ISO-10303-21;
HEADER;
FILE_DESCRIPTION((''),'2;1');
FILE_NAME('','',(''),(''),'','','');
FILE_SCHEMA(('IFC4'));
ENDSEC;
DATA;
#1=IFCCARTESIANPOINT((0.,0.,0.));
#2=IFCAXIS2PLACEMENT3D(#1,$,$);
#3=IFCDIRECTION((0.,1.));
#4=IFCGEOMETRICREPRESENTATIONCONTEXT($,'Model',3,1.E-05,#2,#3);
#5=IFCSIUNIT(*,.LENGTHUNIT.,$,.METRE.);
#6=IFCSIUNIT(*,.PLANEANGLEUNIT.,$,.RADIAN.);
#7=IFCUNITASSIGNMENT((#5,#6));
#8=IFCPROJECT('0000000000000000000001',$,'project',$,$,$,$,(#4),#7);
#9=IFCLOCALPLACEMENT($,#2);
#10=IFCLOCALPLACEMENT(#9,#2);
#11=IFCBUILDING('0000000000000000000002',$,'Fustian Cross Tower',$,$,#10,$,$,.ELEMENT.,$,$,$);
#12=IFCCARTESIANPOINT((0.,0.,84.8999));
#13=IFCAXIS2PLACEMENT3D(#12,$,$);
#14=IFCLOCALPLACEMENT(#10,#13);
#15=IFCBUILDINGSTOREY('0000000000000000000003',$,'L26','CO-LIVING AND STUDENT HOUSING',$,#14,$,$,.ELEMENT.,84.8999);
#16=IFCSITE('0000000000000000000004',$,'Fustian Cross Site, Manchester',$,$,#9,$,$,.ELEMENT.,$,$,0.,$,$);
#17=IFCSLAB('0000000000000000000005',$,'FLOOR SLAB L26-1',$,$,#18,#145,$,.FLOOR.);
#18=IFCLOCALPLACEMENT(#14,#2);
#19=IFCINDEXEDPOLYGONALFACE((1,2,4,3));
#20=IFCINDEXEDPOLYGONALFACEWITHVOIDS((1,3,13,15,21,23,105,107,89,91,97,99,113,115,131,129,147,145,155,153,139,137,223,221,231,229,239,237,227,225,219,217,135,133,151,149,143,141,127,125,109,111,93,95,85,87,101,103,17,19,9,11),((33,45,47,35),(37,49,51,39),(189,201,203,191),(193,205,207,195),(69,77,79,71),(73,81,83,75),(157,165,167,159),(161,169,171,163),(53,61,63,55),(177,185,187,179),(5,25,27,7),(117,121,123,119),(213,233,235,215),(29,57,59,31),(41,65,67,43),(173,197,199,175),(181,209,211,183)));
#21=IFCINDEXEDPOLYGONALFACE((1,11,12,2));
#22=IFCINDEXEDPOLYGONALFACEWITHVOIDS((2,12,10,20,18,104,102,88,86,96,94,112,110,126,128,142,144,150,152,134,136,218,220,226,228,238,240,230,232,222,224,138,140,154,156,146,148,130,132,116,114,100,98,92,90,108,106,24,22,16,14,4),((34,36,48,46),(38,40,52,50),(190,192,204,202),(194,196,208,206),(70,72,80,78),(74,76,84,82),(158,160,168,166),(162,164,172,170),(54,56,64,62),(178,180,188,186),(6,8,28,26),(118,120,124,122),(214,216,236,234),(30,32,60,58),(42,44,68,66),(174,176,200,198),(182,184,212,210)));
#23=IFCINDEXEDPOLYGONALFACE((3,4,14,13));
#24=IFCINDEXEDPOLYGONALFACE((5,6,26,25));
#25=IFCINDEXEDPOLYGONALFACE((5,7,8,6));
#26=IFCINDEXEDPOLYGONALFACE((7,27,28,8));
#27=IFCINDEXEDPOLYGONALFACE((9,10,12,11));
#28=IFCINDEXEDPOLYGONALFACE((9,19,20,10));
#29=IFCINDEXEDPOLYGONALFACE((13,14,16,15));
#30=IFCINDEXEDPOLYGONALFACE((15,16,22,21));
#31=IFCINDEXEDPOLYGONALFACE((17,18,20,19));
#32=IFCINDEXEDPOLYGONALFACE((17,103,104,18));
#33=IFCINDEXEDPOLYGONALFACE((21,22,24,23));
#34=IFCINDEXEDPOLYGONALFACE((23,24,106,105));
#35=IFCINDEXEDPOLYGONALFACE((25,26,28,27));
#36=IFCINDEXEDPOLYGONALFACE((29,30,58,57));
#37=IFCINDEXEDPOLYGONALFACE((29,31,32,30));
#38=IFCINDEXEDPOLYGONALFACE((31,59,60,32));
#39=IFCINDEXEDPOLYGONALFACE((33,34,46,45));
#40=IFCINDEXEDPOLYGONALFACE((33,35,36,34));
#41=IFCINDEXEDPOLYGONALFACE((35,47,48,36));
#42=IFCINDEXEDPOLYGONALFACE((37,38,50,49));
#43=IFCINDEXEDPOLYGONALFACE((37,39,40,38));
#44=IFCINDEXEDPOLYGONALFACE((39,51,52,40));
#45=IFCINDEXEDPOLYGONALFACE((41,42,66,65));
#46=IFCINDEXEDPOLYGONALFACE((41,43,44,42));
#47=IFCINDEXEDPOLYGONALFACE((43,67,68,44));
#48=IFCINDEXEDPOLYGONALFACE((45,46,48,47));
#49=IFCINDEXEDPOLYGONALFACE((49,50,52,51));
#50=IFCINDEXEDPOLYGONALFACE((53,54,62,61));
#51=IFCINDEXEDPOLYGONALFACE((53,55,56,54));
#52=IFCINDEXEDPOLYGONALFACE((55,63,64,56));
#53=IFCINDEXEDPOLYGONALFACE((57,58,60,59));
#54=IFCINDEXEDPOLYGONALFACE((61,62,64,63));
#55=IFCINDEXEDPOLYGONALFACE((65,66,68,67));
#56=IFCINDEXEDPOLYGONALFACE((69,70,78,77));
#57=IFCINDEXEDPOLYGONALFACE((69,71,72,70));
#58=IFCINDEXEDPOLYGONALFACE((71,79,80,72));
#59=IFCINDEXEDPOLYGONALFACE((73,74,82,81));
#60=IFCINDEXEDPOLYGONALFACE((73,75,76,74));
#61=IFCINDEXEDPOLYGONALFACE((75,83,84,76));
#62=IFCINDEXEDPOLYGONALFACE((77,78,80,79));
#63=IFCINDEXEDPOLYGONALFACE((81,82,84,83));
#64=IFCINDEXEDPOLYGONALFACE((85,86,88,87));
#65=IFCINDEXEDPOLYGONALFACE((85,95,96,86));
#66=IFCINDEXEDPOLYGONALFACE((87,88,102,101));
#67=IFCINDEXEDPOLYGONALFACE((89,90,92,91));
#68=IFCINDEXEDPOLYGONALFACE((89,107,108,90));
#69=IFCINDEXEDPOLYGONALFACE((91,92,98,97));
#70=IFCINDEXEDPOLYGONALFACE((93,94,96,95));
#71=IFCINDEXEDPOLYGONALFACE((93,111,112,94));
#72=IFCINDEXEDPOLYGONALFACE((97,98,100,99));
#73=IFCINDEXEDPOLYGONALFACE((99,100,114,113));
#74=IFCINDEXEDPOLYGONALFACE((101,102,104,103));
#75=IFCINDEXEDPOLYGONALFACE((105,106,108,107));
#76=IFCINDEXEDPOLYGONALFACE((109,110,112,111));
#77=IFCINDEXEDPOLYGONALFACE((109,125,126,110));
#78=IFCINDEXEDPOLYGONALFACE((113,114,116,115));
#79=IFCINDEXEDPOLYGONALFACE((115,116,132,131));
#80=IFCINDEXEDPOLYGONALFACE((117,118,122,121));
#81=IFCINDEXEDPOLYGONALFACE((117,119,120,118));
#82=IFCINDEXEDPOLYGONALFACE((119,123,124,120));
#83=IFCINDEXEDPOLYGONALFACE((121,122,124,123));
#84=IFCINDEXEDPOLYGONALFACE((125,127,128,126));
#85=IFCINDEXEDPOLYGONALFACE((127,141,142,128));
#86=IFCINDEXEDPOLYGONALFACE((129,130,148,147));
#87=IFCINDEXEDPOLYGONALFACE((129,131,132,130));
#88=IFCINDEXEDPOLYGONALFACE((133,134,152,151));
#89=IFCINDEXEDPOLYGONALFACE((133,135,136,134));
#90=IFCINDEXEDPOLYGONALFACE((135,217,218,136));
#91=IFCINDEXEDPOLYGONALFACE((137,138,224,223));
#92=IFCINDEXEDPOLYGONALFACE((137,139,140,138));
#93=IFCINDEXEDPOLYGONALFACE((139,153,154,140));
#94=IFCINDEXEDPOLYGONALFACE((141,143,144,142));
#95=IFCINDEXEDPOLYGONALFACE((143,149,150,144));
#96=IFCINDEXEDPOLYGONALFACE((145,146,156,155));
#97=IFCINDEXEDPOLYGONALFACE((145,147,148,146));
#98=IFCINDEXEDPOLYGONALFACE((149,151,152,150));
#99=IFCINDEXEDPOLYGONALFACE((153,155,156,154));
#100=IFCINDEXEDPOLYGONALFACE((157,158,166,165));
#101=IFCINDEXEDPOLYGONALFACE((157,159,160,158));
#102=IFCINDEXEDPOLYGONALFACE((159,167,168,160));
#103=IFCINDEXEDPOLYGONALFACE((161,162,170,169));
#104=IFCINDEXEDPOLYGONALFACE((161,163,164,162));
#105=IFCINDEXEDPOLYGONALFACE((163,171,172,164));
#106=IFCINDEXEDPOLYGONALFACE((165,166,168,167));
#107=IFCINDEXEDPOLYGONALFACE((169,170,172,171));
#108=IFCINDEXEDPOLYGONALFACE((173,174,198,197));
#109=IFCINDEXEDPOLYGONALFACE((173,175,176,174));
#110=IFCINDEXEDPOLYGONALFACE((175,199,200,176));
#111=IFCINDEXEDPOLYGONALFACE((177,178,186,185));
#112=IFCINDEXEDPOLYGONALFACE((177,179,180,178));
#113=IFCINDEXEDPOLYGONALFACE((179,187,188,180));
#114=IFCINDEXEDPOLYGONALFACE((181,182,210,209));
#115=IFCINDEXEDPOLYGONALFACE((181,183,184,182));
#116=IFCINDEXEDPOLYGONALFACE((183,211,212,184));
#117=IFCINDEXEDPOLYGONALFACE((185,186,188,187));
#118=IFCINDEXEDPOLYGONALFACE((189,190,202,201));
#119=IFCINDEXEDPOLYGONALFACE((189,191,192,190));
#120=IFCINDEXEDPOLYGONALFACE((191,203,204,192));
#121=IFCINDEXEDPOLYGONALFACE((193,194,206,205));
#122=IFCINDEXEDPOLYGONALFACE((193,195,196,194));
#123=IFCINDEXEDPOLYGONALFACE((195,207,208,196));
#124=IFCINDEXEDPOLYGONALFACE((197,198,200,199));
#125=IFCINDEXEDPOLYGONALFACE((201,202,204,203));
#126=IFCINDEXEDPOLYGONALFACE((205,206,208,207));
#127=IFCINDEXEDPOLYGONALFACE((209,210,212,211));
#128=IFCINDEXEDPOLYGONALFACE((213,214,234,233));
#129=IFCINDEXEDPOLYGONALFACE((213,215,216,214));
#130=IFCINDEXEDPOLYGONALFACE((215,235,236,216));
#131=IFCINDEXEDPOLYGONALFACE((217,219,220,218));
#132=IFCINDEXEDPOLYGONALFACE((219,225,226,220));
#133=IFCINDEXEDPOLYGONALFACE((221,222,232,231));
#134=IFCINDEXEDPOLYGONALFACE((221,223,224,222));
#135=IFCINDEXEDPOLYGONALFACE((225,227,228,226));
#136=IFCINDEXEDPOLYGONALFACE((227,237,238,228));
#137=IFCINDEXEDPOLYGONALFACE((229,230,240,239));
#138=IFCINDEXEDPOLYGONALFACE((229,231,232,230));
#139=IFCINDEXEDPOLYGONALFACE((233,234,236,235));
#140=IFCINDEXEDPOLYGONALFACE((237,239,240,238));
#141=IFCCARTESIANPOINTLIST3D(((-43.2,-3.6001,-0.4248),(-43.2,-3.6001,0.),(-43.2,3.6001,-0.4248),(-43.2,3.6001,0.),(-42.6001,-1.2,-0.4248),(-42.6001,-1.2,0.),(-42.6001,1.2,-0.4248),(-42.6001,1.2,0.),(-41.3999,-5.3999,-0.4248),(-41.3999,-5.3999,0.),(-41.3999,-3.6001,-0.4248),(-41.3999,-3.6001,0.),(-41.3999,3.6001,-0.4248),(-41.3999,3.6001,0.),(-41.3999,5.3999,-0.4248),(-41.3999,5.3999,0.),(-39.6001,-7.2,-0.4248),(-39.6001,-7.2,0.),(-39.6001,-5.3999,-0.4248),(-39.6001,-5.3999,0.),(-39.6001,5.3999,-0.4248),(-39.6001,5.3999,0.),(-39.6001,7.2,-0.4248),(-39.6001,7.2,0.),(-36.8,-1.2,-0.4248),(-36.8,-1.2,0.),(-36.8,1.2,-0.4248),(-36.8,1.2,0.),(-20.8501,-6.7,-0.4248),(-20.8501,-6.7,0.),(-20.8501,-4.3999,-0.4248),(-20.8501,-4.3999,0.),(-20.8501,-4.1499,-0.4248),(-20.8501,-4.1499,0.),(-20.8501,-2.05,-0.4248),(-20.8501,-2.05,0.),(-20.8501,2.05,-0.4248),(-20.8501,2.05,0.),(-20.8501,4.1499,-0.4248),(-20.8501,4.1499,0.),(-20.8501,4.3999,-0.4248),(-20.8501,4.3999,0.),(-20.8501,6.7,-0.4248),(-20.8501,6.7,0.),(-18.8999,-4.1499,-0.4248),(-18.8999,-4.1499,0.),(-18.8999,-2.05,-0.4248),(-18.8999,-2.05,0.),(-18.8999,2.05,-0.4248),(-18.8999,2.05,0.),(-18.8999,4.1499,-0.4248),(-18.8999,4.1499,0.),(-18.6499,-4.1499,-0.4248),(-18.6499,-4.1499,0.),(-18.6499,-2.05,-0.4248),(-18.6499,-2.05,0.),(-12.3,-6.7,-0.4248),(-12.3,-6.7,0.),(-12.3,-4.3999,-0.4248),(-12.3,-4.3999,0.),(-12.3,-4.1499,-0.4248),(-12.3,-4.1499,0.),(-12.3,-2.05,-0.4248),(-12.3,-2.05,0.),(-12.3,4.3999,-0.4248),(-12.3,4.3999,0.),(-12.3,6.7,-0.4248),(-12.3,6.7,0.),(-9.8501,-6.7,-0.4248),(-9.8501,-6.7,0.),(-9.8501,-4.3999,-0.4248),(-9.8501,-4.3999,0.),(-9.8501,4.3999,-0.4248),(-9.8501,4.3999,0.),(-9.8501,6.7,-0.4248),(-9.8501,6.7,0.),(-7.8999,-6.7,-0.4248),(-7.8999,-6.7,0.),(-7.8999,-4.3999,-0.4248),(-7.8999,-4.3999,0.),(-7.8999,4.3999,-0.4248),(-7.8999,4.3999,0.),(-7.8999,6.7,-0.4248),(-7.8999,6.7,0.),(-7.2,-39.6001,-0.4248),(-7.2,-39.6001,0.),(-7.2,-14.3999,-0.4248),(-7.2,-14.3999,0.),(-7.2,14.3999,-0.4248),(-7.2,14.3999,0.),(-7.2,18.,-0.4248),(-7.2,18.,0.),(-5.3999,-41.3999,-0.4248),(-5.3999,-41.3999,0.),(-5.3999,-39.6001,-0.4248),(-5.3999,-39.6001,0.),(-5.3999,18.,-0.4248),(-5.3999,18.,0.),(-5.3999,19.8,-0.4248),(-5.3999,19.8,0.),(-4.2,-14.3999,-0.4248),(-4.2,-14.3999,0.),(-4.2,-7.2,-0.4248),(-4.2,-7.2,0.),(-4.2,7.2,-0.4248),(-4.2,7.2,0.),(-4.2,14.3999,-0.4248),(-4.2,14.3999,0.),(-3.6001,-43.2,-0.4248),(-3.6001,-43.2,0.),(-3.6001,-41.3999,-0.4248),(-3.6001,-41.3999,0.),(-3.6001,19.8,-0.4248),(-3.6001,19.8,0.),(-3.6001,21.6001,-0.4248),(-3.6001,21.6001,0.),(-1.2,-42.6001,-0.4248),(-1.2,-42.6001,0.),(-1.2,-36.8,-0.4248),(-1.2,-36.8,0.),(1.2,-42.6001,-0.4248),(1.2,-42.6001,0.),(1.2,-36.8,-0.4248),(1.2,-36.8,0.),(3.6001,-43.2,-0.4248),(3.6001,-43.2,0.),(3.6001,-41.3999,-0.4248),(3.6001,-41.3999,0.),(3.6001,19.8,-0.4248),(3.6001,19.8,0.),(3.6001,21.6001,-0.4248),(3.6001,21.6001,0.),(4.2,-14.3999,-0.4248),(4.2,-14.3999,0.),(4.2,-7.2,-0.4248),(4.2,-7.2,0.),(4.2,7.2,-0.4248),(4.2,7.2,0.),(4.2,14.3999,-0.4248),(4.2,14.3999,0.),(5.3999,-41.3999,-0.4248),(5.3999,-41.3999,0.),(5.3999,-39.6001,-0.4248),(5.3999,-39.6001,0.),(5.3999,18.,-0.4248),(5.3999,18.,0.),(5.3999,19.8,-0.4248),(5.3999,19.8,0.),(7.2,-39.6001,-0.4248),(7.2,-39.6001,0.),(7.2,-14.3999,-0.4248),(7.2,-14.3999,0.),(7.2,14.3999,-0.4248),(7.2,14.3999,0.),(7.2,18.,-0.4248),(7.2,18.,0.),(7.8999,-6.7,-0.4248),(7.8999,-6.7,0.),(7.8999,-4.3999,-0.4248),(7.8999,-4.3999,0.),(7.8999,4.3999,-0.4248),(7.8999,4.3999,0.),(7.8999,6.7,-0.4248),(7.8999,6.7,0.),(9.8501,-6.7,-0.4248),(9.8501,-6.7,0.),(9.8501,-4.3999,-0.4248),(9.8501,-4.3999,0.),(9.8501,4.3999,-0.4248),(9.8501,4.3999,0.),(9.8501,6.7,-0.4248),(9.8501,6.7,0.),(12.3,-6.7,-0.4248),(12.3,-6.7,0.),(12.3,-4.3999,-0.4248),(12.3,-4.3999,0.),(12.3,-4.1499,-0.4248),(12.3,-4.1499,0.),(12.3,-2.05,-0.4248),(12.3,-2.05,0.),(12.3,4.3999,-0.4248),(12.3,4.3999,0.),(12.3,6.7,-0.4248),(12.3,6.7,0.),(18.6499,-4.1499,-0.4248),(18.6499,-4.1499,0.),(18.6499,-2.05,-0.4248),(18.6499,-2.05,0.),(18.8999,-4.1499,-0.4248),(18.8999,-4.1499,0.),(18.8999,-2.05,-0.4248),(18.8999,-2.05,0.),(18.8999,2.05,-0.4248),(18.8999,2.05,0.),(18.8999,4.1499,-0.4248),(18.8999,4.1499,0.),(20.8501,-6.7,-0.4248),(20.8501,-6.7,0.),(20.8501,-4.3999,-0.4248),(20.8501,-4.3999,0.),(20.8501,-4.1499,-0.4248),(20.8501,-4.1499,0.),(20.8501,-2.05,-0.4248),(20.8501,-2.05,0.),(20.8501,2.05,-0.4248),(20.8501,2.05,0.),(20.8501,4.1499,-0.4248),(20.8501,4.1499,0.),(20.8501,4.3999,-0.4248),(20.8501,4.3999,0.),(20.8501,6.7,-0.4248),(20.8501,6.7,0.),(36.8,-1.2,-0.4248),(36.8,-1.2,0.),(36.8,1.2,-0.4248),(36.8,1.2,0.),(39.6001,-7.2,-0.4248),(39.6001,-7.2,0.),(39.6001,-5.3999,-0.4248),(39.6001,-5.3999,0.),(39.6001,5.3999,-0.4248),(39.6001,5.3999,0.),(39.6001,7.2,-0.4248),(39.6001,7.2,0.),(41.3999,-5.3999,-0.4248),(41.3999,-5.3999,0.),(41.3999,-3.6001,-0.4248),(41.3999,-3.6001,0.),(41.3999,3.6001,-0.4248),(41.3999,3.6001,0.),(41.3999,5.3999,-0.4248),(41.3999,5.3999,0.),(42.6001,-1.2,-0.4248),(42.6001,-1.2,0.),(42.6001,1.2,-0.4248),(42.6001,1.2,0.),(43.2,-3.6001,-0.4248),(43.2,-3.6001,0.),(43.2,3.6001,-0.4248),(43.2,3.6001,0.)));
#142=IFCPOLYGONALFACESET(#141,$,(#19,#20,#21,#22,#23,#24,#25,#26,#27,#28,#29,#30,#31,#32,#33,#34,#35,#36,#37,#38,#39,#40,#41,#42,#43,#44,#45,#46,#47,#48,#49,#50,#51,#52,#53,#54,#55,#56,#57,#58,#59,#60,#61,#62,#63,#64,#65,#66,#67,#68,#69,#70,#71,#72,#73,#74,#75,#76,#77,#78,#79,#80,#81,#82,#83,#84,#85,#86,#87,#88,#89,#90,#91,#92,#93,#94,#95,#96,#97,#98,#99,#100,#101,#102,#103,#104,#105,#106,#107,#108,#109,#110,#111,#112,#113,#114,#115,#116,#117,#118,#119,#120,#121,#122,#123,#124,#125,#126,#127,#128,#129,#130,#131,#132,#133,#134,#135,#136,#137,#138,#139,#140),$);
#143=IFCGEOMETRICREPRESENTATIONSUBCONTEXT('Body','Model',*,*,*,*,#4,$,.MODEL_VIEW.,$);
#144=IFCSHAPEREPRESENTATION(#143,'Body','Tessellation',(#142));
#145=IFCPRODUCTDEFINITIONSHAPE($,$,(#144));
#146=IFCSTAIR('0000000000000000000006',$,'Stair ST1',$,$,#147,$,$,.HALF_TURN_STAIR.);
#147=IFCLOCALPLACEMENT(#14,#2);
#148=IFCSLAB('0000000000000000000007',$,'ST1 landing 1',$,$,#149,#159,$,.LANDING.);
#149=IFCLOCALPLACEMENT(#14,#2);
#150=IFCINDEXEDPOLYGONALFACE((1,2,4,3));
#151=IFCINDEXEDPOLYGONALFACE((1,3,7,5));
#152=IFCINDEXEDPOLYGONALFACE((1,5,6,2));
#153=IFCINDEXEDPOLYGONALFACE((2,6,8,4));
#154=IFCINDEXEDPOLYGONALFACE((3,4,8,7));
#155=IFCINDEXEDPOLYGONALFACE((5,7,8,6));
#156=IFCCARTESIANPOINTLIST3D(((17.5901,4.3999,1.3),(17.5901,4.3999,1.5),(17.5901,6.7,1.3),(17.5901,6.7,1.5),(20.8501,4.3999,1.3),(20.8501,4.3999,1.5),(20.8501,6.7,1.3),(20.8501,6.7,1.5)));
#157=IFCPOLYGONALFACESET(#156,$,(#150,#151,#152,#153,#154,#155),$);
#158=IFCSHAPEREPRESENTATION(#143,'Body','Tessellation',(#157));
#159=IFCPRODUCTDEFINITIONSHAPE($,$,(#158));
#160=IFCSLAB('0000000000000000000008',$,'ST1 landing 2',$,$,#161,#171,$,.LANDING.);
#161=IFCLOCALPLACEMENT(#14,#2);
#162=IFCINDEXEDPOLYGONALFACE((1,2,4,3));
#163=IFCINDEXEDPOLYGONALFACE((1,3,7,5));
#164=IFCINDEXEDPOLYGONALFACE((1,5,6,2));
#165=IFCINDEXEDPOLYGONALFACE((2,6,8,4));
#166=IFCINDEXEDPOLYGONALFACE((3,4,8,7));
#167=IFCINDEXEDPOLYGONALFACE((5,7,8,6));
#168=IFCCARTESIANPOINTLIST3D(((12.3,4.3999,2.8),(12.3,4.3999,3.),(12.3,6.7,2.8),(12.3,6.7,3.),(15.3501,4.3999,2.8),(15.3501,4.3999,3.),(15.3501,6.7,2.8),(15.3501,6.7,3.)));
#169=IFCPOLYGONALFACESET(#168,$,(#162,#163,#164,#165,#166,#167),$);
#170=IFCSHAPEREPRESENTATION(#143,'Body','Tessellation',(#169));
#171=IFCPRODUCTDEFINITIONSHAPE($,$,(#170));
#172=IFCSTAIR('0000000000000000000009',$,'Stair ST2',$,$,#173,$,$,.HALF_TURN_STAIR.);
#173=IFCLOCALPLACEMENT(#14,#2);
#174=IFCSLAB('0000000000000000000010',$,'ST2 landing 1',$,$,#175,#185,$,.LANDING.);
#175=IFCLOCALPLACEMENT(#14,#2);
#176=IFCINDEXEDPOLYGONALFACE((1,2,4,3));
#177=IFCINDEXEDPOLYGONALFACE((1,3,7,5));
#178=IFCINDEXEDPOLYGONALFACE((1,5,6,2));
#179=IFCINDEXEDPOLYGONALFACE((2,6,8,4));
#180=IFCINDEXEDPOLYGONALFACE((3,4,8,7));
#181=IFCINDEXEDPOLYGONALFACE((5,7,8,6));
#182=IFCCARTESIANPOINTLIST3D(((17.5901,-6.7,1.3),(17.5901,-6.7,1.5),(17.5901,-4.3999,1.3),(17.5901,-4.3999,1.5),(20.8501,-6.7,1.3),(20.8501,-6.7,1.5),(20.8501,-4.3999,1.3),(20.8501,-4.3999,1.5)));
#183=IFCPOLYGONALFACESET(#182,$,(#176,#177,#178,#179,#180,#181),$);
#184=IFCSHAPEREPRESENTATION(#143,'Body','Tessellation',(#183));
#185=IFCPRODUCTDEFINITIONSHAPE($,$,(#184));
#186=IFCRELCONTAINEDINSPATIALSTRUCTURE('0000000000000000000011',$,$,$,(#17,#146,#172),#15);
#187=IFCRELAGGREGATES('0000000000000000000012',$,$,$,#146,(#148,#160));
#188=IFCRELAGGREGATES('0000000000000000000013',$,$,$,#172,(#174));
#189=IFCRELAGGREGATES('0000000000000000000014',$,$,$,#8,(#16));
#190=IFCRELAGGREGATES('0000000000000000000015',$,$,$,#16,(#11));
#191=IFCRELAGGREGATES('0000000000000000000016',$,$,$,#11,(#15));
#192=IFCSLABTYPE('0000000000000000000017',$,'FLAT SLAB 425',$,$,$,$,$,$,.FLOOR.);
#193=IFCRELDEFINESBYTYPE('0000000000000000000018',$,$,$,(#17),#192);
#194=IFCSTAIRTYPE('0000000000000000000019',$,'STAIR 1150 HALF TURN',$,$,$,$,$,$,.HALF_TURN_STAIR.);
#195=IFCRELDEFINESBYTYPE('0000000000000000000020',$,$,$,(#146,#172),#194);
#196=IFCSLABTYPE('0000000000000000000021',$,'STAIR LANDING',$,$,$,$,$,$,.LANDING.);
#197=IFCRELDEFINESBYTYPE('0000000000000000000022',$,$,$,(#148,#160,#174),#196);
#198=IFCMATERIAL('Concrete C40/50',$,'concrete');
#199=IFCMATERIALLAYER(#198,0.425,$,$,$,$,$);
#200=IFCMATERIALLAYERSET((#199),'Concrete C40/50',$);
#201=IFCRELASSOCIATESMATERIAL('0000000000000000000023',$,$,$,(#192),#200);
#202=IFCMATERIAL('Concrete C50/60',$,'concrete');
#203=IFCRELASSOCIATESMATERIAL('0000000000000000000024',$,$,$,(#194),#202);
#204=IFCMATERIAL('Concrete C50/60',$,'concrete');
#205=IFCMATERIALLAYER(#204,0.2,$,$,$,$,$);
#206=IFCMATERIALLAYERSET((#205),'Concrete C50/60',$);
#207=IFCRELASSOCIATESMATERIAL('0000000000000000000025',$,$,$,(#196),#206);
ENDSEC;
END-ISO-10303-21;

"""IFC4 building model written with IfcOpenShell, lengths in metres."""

from ifc_helpers import new_model, si_unit, direction, frame, origin, place, context, subcontext, project, spatial, polyline, outline, extrude, material, layer, layer_set, type_object, element, aggregate, save


model = new_model("IFC4")

# Units and contexts
model_context = context("Model", 3, precision=1e-05, world=origin(), true_north=direction((0.0, 1.0)))
body_context = subcontext(model_context, "Body", "Model", "MODEL_VIEW")
ifc_project = project(units=[si_unit("LENGTHUNIT", "METRE"), si_unit("PLANEANGLEUNIT", "RADIAN")], contexts=[model_context])

# Site, building, storey
site_placement = place(None, origin())
site = spatial("IfcSite", under=ifc_project, at=site_placement, Name="Fustian Cross Site, Manchester", CompositionType="ELEMENT", RefElevation=0.0)
building_placement = place(site_placement, origin())
building = spatial("IfcBuilding", under=site, at=building_placement, Name="Fustian Cross Tower", CompositionType="ELEMENT")
storey_placement = place(building_placement, frame((0.0, 0.0, 84.8999)))
storey = spatial("IfcBuildingStorey", under=building, at=storey_placement, Name="L26", Description="CO-LIVING AND STUDENT HOUSING", CompositionType="ELEMENT", Elevation=84.8999)

# Slab
ifc_material_1 = material(Name="Concrete C40/50", Category="concrete")
ifc_layer_1 = layer(ifc_material_1, 0.425)
ifc_layer_set_1 = layer_set([ifc_layer_1], Name="Concrete C40/50")
slab_type_1 = type_object("IfcSlabType", Name="FLAT SLAB 425", PredefinedType="FLOOR", material=ifc_layer_set_1)
slab_1_placement = place(storey_placement, frame((0.0, 0.0, -0.4248)))
element("IfcSlab", 1, at=slab_1_placement, inside=storey, type_object=slab_type_1, Name="FLOOR SLAB L26-1", PredefinedType="FLOOR", context=body_context, shape_type="SweptSolid", body=[
    extrude(outline(polyline([(-4.2, -7.2), (-39.6001, -7.2), (-39.6001, -5.3999), (-41.3999, -5.3999), (-41.3999, -3.6001), (-43.2, -3.6001), (-43.2, 3.6001), (-41.3999, 3.6001), (-41.3999, 5.3999), (-39.6001, 5.3999), (-39.6001, 7.2), (-4.2, 7.2), (-4.2, 14.3999), (-7.2, 14.3999), (-7.2, 18.0), (-5.3999, 18.0), (-5.3999, 19.8), (-3.6001, 19.8), (-3.6001, 21.6001), (3.6001, 21.6001), (3.6001, 19.8), (5.3999, 19.8), (5.3999, 18.0), (7.2, 18.0), (7.2, 14.3999), (4.2, 14.3999), (4.2, 7.2), (39.6001, 7.2), (39.6001, 5.3999), (41.3999, 5.3999), (41.3999, 3.6001), (43.2, 3.6001), (43.2, -3.6001), (41.3999, -3.6001), (41.3999, -5.3999), (39.6001, -5.3999), (39.6001, -7.2), (4.2, -7.2), (4.2, -14.3999), (7.2, -14.3999), (7.2, -39.6001), (5.3999, -39.6001), (5.3999, -41.3999), (3.6001, -41.3999), (3.6001, -43.2), (-3.6001, -43.2), (-3.6001, -41.3999), (-5.3999, -41.3999), (-5.3999, -39.6001), (-7.2, -39.6001), (-7.2, -14.3999), (-4.2, -14.3999), (-4.2, -7.2)]), holes=[polyline([(20.8501, -2.05), (18.8999, -2.05), (18.8999, -4.1499), (20.8501, -4.1499), (20.8501, -2.05)]), polyline([(20.8501, 2.05), (20.8501, 4.1499), (18.8999, 4.1499), (18.8999, 2.05), (20.8501, 2.05)]), polyline([(7.8999, 4.3999), (9.8501, 4.3999), (9.8501, 6.7), (7.8999, 6.7), (7.8999, 4.3999)]), polyline([(7.8999, -4.3999), (7.8999, -6.7), (9.8501, -6.7), (9.8501, -4.3999), (7.8999, -4.3999)]), polyline([(-18.8999, -2.05), (-20.8501, -2.05), (-20.8501, -4.1499), (-18.8999, -4.1499), (-18.8999, -2.05)]), polyline([(-18.8999, 2.05), (-18.8999, 4.1499), (-20.8501, 4.1499), (-20.8501, 2.05), (-18.8999, 2.05)]), polyline([(-9.8501, 4.3999), (-7.8999, 4.3999), (-7.8999, 6.7), (-9.8501, 6.7), (-9.8501, 4.3999)]), polyline([(-9.8501, -4.3999), (-9.8501, -6.7), (-7.8999, -6.7), (-7.8999, -4.3999), (-9.8501, -4.3999)]), polyline([(18.6499, -2.05), (12.3, -2.05), (12.3, -4.1499), (18.6499, -4.1499), (18.6499, -2.05)]), polyline([(-12.3, -4.1499), (-12.3, -2.05), (-18.6499, -2.05), (-18.6499, -4.1499), (-12.3, -4.1499)]), polyline([(12.3, 4.3999), (20.8501, 4.3999), (20.8501, 6.7), (12.3, 6.7), (12.3, 4.3999)]), polyline([(12.3, -4.3999), (12.3, -6.7), (20.8501, -6.7), (20.8501, -4.3999), (12.3, -4.3999)]), polyline([(-12.3, 6.7), (-20.8501, 6.7), (-20.8501, 4.3999), (-12.3, 4.3999), (-12.3, 6.7)]), polyline([(-12.3, -6.7), (-12.3, -4.3999), (-20.8501, -4.3999), (-20.8501, -6.7), (-12.3, -6.7)]), polyline([(-1.2, -42.6001), (1.2, -42.6001), (1.2, -36.8), (-1.2, -36.8), (-1.2, -42.6001)]), polyline([(36.8, 1.2), (36.8, -1.2), (42.6001, -1.2), (42.6001, 1.2), (36.8, 1.2)]), polyline([(-36.8, 1.2), (-42.6001, 1.2), (-42.6001, -1.2), (-36.8, -1.2), (-36.8, 1.2)])]), origin(), (0.0, 0.0, 1.0), 0.4248),
])

# Stair, slabs
ifc_material_2 = material(Name="Concrete C50/60", Category="concrete")
stair_type = type_object("IfcStairType", Name="STAIR 1150 HALF TURN", PredefinedType="HALF_TURN_STAIR", material=ifc_material_2)
stair_1_placement = place(storey_placement, origin())
stair_1 = element("IfcStair", 2, at=stair_1_placement, inside=storey, type_object=stair_type, Name="Stair ST1", PredefinedType="HALF_TURN_STAIR")
ifc_material_3 = material(Name="Concrete C50/60", Category="concrete")
ifc_layer_2 = layer(ifc_material_3, 0.2)
ifc_layer_set_2 = layer_set([ifc_layer_2], Name="Concrete C50/60")
slab_type_2 = type_object("IfcSlabType", Name="STAIR LANDING", PredefinedType="LANDING", material=ifc_layer_set_2)
slab_2_placement = place(storey_placement, frame((0.0, 0.0, 1.3)))
slab_2 = element("IfcSlab", 3, at=slab_2_placement, type_object=slab_type_2, Name="ST1 landing 1", PredefinedType="LANDING", context=body_context, shape_type="SweptSolid", body=[
    extrude(outline(polyline([(17.5901, 4.3999), (20.8501, 4.3999), (20.8501, 6.7), (17.5901, 6.7), (17.5901, 4.3999)])), origin(), (0.0, 0.0, 1.0), 0.2),
])
slab_3_placement = place(storey_placement, frame((0.0, 0.0, 2.8)))
slab_3 = element("IfcSlab", 4, at=slab_3_placement, type_object=slab_type_2, Name="ST1 landing 2", PredefinedType="LANDING", context=body_context, shape_type="SweptSolid", body=[
    extrude(outline(polyline([(12.3, 4.3999), (15.3501, 4.3999), (15.3501, 6.7), (12.3, 6.7), (12.3, 4.3999)])), origin(), (0.0, 0.0, 1.0), 0.2),
])
aggregate(stair_1, [slab_2, slab_3])

# Stair, slab
stair_2_placement = place(storey_placement, origin())
stair_2 = element("IfcStair", 5, at=stair_2_placement, inside=storey, type_object=stair_type, Name="Stair ST2", PredefinedType="HALF_TURN_STAIR")
slab_4_placement = place(storey_placement, frame((0.0, 0.0, 1.3)))
slab_4 = element("IfcSlab", 6, at=slab_4_placement, type_object=slab_type_2, Name="ST2 landing 1", PredefinedType="LANDING", context=body_context, shape_type="SweptSolid", body=[
    extrude(outline(polyline([(17.5901, -4.3999), (20.8501, -4.3999), (20.8501, -6.7), (17.5901, -6.7), (17.5901, -4.3999)])), origin(), (0.0, 0.0, 1.0), 0.2),
])
aggregate(stair_2, [slab_4])

save(model, "model.ifc")
